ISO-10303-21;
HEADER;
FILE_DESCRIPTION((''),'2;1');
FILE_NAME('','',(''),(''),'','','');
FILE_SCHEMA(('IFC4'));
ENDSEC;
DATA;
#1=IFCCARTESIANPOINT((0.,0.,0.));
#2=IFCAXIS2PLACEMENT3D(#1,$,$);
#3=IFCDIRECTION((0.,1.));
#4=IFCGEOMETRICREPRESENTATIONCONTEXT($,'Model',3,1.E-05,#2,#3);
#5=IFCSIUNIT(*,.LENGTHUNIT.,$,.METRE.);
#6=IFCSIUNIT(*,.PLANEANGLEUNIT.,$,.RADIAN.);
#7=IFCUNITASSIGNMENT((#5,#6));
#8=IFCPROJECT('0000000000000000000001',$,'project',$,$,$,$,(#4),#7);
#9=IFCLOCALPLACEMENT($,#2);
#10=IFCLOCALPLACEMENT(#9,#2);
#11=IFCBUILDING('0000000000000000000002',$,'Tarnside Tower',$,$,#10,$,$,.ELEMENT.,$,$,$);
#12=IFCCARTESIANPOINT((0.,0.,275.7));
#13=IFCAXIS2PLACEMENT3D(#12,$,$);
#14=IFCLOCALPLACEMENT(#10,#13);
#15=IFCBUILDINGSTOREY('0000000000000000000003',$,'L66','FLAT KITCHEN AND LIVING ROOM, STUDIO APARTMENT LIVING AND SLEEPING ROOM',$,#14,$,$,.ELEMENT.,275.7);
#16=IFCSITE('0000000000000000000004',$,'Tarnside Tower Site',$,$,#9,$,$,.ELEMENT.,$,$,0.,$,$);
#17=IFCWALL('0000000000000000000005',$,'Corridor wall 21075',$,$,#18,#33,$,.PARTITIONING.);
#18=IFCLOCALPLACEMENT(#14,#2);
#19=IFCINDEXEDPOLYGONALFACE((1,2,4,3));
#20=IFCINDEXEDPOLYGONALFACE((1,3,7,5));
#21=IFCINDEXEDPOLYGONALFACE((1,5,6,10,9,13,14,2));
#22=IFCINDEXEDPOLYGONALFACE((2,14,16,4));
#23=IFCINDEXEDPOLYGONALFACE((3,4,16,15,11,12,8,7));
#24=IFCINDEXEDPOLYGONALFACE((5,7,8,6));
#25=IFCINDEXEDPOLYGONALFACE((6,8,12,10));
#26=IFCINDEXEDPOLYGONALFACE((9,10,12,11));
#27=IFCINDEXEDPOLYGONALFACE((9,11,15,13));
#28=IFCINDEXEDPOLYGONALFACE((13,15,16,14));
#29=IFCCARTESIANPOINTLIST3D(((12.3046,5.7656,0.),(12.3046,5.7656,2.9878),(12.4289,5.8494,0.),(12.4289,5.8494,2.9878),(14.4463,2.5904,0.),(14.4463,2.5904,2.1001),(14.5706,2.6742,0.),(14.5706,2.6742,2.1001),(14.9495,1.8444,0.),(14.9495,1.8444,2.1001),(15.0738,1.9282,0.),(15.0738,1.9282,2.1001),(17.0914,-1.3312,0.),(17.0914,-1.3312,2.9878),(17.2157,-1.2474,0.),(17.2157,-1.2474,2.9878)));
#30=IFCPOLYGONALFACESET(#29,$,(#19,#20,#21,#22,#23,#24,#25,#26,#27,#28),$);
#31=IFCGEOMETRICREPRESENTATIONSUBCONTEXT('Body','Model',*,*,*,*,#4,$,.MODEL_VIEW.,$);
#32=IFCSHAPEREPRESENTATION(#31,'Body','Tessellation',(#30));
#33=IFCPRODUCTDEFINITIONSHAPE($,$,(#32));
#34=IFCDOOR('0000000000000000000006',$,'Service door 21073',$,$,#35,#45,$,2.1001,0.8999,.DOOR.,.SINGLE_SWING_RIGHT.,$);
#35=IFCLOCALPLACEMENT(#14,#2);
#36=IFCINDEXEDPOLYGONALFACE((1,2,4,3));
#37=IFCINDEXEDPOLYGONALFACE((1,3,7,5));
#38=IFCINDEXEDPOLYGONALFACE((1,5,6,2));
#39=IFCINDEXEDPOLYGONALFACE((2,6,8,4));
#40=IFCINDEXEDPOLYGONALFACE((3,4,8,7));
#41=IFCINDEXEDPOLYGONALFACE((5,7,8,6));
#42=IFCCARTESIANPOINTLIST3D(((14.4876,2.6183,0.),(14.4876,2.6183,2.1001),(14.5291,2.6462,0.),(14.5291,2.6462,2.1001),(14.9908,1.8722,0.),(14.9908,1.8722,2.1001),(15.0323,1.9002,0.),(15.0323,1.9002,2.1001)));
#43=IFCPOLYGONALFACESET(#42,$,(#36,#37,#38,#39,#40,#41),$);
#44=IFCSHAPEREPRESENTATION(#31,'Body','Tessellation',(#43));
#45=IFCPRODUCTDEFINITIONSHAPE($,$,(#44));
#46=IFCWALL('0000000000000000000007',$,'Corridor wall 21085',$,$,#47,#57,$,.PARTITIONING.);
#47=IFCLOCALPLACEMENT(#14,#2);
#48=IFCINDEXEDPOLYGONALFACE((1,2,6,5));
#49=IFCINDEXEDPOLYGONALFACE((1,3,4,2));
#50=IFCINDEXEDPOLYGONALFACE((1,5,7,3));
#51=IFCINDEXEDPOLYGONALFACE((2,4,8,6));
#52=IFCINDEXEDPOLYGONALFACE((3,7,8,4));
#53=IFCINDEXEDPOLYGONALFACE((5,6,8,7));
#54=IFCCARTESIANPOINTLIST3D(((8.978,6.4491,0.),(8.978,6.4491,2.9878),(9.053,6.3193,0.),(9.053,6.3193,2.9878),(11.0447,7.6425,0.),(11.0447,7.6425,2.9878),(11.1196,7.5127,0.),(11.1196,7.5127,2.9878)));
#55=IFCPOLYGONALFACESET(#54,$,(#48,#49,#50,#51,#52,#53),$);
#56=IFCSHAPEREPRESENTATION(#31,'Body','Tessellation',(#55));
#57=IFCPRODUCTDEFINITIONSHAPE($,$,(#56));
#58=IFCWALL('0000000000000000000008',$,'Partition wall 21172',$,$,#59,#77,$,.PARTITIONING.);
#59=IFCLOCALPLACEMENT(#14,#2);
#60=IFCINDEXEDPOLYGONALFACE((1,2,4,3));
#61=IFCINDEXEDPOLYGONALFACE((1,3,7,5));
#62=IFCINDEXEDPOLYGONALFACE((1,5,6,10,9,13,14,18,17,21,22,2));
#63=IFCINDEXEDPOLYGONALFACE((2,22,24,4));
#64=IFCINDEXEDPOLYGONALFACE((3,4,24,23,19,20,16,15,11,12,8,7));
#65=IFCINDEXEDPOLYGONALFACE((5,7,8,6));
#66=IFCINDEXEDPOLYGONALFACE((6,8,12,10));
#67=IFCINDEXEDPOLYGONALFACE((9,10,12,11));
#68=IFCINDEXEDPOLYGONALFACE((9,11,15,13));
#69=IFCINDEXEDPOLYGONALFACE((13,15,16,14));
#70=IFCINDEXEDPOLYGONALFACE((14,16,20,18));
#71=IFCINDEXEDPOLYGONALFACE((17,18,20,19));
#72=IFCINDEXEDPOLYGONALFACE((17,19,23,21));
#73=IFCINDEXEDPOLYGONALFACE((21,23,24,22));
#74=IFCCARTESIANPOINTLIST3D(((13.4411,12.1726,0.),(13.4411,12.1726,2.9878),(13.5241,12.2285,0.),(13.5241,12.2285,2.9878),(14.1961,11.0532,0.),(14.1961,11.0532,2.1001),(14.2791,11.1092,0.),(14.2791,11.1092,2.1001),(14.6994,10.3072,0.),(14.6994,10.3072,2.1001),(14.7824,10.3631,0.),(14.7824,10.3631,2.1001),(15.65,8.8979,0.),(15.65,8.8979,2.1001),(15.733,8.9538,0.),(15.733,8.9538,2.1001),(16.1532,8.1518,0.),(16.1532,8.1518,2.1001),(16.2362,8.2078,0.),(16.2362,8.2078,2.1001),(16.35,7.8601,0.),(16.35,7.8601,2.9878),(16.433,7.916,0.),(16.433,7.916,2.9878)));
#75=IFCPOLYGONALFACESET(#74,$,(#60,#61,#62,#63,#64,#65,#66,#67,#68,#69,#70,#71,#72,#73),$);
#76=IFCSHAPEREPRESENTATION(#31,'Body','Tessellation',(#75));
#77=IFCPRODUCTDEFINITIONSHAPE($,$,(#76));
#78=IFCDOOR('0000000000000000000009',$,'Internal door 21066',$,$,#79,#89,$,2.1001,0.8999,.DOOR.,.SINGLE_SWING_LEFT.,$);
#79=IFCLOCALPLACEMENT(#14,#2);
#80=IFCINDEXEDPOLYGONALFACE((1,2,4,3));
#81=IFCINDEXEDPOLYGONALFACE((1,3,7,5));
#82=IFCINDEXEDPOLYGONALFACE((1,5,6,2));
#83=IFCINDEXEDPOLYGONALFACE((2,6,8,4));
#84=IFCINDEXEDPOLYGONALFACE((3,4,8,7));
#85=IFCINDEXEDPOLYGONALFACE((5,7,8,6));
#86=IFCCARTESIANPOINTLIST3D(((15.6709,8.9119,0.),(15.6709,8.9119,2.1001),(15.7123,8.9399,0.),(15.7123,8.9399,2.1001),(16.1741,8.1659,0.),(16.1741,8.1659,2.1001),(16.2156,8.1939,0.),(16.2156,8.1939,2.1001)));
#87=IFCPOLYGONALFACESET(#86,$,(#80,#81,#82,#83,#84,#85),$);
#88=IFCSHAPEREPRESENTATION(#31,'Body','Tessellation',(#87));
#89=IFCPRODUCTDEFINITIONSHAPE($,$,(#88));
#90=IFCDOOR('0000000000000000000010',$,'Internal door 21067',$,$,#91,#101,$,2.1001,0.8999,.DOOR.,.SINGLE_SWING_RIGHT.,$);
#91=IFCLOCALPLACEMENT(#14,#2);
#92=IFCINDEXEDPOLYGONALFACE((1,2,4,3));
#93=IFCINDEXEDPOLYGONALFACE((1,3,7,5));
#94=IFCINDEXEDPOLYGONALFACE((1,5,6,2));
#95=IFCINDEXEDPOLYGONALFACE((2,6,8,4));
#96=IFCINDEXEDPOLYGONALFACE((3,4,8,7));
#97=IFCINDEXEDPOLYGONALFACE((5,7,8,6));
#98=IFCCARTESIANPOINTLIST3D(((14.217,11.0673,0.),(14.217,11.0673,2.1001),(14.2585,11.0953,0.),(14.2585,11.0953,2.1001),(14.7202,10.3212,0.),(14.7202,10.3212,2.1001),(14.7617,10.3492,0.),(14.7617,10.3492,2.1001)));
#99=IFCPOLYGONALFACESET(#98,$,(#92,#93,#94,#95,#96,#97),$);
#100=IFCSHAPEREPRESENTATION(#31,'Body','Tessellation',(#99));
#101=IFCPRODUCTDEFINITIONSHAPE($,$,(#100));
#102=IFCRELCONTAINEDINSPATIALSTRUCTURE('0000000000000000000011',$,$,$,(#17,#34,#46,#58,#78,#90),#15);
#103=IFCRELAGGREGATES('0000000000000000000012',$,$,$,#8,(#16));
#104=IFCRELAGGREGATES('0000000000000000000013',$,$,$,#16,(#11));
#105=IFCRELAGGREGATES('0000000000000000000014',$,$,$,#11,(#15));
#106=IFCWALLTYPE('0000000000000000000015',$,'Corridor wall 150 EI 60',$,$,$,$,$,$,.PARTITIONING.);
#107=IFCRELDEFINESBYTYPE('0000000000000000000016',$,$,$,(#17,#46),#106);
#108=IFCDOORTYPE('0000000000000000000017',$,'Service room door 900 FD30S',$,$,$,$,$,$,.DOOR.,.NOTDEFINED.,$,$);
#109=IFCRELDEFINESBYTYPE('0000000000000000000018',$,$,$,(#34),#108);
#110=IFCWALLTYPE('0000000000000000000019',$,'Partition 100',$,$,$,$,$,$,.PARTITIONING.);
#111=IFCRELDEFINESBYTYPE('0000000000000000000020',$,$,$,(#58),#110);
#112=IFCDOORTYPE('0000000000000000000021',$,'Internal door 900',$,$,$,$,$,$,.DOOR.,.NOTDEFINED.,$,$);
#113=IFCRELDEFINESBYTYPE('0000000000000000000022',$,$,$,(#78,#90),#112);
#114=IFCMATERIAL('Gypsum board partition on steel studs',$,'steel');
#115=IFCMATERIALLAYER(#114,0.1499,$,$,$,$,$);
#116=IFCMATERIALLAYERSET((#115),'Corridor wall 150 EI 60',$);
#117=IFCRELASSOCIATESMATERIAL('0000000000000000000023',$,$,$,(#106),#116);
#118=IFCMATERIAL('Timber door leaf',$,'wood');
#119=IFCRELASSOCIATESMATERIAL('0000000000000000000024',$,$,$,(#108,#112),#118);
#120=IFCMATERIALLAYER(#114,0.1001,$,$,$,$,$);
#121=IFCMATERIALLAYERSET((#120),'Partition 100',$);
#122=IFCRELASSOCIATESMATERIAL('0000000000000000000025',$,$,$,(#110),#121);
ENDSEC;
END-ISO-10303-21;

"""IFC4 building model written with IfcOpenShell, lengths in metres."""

from ifc_helpers import new_model, si_unit, direction, frame, frame_2d, origin, place, context, subcontext, project, spatial, rectangle, extrude, material, layer, layer_set, type_object, element, fill, save


model = new_model("IFC4")

# Units and contexts
model_context = context("Model", 3, precision=1e-05, world=origin(), true_north=direction((0.0, 1.0)))
body_context = subcontext(model_context, "Body", "Model", "MODEL_VIEW")
ifc_project = project(units=[si_unit("LENGTHUNIT", "METRE"), si_unit("PLANEANGLEUNIT", "RADIAN")], contexts=[model_context])

# Site, building, storey
site_placement = place(None, origin())
site = spatial("IfcSite", under=ifc_project, at=site_placement, Name="Tarnside Tower Site", CompositionType="ELEMENT", RefElevation=0.0)
building_placement = place(site_placement, origin())
building = spatial("IfcBuilding", under=site, at=building_placement, Name="Tarnside Tower", CompositionType="ELEMENT")
storey_placement = place(building_placement, frame((0.0, 0.0, 275.7)))
storey = spatial("IfcBuildingStorey", under=building, at=storey_placement, Name="L66", Description="FLAT KITCHEN AND LIVING ROOM, STUDIO APARTMENT LIVING AND SLEEPING ROOM", CompositionType="ELEMENT", Elevation=275.7)

# Shared definitions
ifc_material_1 = material(Name="Gypsum board partition on steel studs", Category="steel")

# Shared definitions
ifc_material_2 = material(Name="Timber door leaf", Category="wood")

# Shared definitions
ifc_layer_1 = layer(ifc_material_1, 0.1499)
ifc_layer_set_1 = layer_set([ifc_layer_1], Name="Corridor wall 150 EI 60")
wall_type_1 = type_object("IfcWallType", Name="Corridor wall 150 EI 60", PredefinedType="PARTITIONING", material=ifc_layer_set_1)

# Wall, opening, door
wall_1_placement = place(storey_placement, frame((12.3667, 5.8076, 0.0), z_axis=(0.0, 0.0, 1.0), x_axis=(0.559187, -0.829041, 0.0)))
wall_1 = element("IfcWall", 1, at=wall_1_placement, inside=storey, type_object=wall_type_1, Name="Corridor wall 21075", PredefinedType="PARTITIONING", context=body_context, shape_type="SweptSolid", body=[
    extrude(rectangle(XDim=8.5603, YDim=0.1499, at=frame_2d((4.2803, 0.0))), origin(), (0.0, 0.0, 1.0), 2.9878),
])
opening_1_placement = place(wall_1_placement, frame((3.8301, 0.0, 0.0)))
opening_1 = element("IfcOpeningElement", 2, at=opening_1_placement, cuts=wall_1, PredefinedType="OPENING", context=body_context, shape_type="SweptSolid", body=[
    extrude(rectangle(XDim=0.8999, YDim=2.1001, at=frame_2d((0.45, 1.05))), frame((0.0, 0.085, 0.0), z_axis=(0.0, -1.0, 0.0), x_axis=(1.0, 0.0, 0.0)), (0.0, 0.0, 1.0), 0.1699),
])
door_type_1 = type_object("IfcDoorType", Name="Service room door 900 FD30S", OperationType="NOTDEFINED", PredefinedType="DOOR", material=ifc_material_2)
door_1_placement = place(opening_1_placement, origin())
door_1 = element("IfcDoor", 3, at=door_1_placement, inside=storey, type_object=door_type_1, Name="Service door 21073", OperationType="SINGLE_SWING_RIGHT", OverallHeight=2.1001, OverallWidth=0.8999, PredefinedType="DOOR", context=body_context, shape_type="SweptSolid", body=[
    extrude(rectangle(XDim=0.8999, YDim=2.1001, at=frame_2d((0.45, 1.05))), frame((0.0, 0.0249, 0.0), z_axis=(0.0, -1.0, 0.0), x_axis=(1.0, 0.0, 0.0)), (0.0, 0.0, 1.0), 0.05),
])
fill(opening_1, door_1)

# Wall
wall_2_placement = place(storey_placement, frame((11.0823, 7.5776, 0.0), z_axis=(0.0, 0.0, 1.0), x_axis=(-0.865993, -0.500056, 0.0)))
element("IfcWall", 4, at=wall_2_placement, inside=storey, type_object=wall_type_1, Name="Corridor wall 21085", PredefinedType="PARTITIONING", context=body_context, shape_type="SweptSolid", body=[
    extrude(rectangle(XDim=2.3865, YDim=0.1499, at=frame_2d((1.1934, 0.0))), origin(), (0.0, 0.0, 1.0), 2.9878),
])

# Wall, openings, doors
ifc_layer_2 = layer(ifc_material_1, 0.1001)
ifc_layer_set_2 = layer_set([ifc_layer_2], Name="Partition 100")
wall_type_2 = type_object("IfcWallType", Name="Partition 100", PredefinedType="PARTITIONING", material=ifc_layer_set_2)
wall_3_placement = place(storey_placement, frame((16.3916, 7.8879, 0.0), z_axis=(0.0, 0.0, 1.0), x_axis=(-0.559208, 0.829027, 0.0)))
wall_3 = element("IfcWall", 5, at=wall_3_placement, inside=storey, type_object=wall_type_2, Name="Partition wall 21172", PredefinedType="PARTITIONING", context=body_context, shape_type="SweptSolid", body=[
    extrude(rectangle(XDim=5.2019, YDim=0.1001, at=frame_2d((2.6011, 0.0))), origin(), (0.0, 0.0, 1.0), 2.9878),
])
opening_2_placement = place(wall_3_placement, frame((0.3521, 0.0, 0.0)))
opening_2 = element("IfcOpeningElement", 6, at=opening_2_placement, cuts=wall_3, PredefinedType="OPENING", context=body_context, shape_type="SweptSolid", body=[
    extrude(rectangle(XDim=0.8999, YDim=2.1001, at=frame_2d((0.45, 1.05))), frame((0.0, 0.0601, 0.0), z_axis=(0.0, -1.0, 0.0), x_axis=(1.0, 0.0, 0.0)), (0.0, 0.0, 1.0), 0.1201),
])
opening_3_placement = place(wall_3_placement, frame((2.9519, 0.0, 0.0)))
opening_3 = element("IfcOpeningElement", 7, at=opening_3_placement, cuts=wall_3, PredefinedType="OPENING", context=body_context, shape_type="SweptSolid", body=[
    extrude(rectangle(XDim=0.8999, YDim=2.1001, at=frame_2d((0.45, 1.05))), frame((0.0, 0.0601, 0.0), z_axis=(0.0, -1.0, 0.0), x_axis=(1.0, 0.0, 0.0)), (0.0, 0.0, 1.0), 0.1201),
])
door_type_2 = type_object("IfcDoorType", Name="Internal door 900", OperationType="NOTDEFINED", PredefinedType="DOOR", material=ifc_material_2)
door_2_placement = place(opening_2_placement, origin())
door_2 = element("IfcDoor", 8, at=door_2_placement, inside=storey, type_object=door_type_2, Name="Internal door 21066", OperationType="SINGLE_SWING_LEFT", OverallHeight=2.1001, OverallWidth=0.8999, PredefinedType="DOOR", context=body_context, shape_type="SweptSolid", body=[
    extrude(rectangle(XDim=0.8999, YDim=2.1001, at=frame_2d((0.45, 1.05))), frame((0.0, 0.0249, 0.0), z_axis=(0.0, -1.0, 0.0), x_axis=(1.0, 0.0, 0.0)), (0.0, 0.0, 1.0), 0.05),
])
fill(opening_2, door_2)
door_3_placement = place(opening_3_placement, origin())
door_3 = element("IfcDoor", 9, at=door_3_placement, inside=storey, type_object=door_type_2, Name="Internal door 21067", OperationType="SINGLE_SWING_RIGHT", OverallHeight=2.1001, OverallWidth=0.8999, PredefinedType="DOOR", context=body_context, shape_type="SweptSolid", body=[
    extrude(rectangle(XDim=0.8999, YDim=2.1001, at=frame_2d((0.45, 1.05))), frame((0.0, 0.0249, 0.0), z_axis=(0.0, -1.0, 0.0), x_axis=(1.0, 0.0, 0.0)), (0.0, 0.0, 1.0), 0.05),
])
fill(opening_3, door_3)

save(model, "model.ifc")
